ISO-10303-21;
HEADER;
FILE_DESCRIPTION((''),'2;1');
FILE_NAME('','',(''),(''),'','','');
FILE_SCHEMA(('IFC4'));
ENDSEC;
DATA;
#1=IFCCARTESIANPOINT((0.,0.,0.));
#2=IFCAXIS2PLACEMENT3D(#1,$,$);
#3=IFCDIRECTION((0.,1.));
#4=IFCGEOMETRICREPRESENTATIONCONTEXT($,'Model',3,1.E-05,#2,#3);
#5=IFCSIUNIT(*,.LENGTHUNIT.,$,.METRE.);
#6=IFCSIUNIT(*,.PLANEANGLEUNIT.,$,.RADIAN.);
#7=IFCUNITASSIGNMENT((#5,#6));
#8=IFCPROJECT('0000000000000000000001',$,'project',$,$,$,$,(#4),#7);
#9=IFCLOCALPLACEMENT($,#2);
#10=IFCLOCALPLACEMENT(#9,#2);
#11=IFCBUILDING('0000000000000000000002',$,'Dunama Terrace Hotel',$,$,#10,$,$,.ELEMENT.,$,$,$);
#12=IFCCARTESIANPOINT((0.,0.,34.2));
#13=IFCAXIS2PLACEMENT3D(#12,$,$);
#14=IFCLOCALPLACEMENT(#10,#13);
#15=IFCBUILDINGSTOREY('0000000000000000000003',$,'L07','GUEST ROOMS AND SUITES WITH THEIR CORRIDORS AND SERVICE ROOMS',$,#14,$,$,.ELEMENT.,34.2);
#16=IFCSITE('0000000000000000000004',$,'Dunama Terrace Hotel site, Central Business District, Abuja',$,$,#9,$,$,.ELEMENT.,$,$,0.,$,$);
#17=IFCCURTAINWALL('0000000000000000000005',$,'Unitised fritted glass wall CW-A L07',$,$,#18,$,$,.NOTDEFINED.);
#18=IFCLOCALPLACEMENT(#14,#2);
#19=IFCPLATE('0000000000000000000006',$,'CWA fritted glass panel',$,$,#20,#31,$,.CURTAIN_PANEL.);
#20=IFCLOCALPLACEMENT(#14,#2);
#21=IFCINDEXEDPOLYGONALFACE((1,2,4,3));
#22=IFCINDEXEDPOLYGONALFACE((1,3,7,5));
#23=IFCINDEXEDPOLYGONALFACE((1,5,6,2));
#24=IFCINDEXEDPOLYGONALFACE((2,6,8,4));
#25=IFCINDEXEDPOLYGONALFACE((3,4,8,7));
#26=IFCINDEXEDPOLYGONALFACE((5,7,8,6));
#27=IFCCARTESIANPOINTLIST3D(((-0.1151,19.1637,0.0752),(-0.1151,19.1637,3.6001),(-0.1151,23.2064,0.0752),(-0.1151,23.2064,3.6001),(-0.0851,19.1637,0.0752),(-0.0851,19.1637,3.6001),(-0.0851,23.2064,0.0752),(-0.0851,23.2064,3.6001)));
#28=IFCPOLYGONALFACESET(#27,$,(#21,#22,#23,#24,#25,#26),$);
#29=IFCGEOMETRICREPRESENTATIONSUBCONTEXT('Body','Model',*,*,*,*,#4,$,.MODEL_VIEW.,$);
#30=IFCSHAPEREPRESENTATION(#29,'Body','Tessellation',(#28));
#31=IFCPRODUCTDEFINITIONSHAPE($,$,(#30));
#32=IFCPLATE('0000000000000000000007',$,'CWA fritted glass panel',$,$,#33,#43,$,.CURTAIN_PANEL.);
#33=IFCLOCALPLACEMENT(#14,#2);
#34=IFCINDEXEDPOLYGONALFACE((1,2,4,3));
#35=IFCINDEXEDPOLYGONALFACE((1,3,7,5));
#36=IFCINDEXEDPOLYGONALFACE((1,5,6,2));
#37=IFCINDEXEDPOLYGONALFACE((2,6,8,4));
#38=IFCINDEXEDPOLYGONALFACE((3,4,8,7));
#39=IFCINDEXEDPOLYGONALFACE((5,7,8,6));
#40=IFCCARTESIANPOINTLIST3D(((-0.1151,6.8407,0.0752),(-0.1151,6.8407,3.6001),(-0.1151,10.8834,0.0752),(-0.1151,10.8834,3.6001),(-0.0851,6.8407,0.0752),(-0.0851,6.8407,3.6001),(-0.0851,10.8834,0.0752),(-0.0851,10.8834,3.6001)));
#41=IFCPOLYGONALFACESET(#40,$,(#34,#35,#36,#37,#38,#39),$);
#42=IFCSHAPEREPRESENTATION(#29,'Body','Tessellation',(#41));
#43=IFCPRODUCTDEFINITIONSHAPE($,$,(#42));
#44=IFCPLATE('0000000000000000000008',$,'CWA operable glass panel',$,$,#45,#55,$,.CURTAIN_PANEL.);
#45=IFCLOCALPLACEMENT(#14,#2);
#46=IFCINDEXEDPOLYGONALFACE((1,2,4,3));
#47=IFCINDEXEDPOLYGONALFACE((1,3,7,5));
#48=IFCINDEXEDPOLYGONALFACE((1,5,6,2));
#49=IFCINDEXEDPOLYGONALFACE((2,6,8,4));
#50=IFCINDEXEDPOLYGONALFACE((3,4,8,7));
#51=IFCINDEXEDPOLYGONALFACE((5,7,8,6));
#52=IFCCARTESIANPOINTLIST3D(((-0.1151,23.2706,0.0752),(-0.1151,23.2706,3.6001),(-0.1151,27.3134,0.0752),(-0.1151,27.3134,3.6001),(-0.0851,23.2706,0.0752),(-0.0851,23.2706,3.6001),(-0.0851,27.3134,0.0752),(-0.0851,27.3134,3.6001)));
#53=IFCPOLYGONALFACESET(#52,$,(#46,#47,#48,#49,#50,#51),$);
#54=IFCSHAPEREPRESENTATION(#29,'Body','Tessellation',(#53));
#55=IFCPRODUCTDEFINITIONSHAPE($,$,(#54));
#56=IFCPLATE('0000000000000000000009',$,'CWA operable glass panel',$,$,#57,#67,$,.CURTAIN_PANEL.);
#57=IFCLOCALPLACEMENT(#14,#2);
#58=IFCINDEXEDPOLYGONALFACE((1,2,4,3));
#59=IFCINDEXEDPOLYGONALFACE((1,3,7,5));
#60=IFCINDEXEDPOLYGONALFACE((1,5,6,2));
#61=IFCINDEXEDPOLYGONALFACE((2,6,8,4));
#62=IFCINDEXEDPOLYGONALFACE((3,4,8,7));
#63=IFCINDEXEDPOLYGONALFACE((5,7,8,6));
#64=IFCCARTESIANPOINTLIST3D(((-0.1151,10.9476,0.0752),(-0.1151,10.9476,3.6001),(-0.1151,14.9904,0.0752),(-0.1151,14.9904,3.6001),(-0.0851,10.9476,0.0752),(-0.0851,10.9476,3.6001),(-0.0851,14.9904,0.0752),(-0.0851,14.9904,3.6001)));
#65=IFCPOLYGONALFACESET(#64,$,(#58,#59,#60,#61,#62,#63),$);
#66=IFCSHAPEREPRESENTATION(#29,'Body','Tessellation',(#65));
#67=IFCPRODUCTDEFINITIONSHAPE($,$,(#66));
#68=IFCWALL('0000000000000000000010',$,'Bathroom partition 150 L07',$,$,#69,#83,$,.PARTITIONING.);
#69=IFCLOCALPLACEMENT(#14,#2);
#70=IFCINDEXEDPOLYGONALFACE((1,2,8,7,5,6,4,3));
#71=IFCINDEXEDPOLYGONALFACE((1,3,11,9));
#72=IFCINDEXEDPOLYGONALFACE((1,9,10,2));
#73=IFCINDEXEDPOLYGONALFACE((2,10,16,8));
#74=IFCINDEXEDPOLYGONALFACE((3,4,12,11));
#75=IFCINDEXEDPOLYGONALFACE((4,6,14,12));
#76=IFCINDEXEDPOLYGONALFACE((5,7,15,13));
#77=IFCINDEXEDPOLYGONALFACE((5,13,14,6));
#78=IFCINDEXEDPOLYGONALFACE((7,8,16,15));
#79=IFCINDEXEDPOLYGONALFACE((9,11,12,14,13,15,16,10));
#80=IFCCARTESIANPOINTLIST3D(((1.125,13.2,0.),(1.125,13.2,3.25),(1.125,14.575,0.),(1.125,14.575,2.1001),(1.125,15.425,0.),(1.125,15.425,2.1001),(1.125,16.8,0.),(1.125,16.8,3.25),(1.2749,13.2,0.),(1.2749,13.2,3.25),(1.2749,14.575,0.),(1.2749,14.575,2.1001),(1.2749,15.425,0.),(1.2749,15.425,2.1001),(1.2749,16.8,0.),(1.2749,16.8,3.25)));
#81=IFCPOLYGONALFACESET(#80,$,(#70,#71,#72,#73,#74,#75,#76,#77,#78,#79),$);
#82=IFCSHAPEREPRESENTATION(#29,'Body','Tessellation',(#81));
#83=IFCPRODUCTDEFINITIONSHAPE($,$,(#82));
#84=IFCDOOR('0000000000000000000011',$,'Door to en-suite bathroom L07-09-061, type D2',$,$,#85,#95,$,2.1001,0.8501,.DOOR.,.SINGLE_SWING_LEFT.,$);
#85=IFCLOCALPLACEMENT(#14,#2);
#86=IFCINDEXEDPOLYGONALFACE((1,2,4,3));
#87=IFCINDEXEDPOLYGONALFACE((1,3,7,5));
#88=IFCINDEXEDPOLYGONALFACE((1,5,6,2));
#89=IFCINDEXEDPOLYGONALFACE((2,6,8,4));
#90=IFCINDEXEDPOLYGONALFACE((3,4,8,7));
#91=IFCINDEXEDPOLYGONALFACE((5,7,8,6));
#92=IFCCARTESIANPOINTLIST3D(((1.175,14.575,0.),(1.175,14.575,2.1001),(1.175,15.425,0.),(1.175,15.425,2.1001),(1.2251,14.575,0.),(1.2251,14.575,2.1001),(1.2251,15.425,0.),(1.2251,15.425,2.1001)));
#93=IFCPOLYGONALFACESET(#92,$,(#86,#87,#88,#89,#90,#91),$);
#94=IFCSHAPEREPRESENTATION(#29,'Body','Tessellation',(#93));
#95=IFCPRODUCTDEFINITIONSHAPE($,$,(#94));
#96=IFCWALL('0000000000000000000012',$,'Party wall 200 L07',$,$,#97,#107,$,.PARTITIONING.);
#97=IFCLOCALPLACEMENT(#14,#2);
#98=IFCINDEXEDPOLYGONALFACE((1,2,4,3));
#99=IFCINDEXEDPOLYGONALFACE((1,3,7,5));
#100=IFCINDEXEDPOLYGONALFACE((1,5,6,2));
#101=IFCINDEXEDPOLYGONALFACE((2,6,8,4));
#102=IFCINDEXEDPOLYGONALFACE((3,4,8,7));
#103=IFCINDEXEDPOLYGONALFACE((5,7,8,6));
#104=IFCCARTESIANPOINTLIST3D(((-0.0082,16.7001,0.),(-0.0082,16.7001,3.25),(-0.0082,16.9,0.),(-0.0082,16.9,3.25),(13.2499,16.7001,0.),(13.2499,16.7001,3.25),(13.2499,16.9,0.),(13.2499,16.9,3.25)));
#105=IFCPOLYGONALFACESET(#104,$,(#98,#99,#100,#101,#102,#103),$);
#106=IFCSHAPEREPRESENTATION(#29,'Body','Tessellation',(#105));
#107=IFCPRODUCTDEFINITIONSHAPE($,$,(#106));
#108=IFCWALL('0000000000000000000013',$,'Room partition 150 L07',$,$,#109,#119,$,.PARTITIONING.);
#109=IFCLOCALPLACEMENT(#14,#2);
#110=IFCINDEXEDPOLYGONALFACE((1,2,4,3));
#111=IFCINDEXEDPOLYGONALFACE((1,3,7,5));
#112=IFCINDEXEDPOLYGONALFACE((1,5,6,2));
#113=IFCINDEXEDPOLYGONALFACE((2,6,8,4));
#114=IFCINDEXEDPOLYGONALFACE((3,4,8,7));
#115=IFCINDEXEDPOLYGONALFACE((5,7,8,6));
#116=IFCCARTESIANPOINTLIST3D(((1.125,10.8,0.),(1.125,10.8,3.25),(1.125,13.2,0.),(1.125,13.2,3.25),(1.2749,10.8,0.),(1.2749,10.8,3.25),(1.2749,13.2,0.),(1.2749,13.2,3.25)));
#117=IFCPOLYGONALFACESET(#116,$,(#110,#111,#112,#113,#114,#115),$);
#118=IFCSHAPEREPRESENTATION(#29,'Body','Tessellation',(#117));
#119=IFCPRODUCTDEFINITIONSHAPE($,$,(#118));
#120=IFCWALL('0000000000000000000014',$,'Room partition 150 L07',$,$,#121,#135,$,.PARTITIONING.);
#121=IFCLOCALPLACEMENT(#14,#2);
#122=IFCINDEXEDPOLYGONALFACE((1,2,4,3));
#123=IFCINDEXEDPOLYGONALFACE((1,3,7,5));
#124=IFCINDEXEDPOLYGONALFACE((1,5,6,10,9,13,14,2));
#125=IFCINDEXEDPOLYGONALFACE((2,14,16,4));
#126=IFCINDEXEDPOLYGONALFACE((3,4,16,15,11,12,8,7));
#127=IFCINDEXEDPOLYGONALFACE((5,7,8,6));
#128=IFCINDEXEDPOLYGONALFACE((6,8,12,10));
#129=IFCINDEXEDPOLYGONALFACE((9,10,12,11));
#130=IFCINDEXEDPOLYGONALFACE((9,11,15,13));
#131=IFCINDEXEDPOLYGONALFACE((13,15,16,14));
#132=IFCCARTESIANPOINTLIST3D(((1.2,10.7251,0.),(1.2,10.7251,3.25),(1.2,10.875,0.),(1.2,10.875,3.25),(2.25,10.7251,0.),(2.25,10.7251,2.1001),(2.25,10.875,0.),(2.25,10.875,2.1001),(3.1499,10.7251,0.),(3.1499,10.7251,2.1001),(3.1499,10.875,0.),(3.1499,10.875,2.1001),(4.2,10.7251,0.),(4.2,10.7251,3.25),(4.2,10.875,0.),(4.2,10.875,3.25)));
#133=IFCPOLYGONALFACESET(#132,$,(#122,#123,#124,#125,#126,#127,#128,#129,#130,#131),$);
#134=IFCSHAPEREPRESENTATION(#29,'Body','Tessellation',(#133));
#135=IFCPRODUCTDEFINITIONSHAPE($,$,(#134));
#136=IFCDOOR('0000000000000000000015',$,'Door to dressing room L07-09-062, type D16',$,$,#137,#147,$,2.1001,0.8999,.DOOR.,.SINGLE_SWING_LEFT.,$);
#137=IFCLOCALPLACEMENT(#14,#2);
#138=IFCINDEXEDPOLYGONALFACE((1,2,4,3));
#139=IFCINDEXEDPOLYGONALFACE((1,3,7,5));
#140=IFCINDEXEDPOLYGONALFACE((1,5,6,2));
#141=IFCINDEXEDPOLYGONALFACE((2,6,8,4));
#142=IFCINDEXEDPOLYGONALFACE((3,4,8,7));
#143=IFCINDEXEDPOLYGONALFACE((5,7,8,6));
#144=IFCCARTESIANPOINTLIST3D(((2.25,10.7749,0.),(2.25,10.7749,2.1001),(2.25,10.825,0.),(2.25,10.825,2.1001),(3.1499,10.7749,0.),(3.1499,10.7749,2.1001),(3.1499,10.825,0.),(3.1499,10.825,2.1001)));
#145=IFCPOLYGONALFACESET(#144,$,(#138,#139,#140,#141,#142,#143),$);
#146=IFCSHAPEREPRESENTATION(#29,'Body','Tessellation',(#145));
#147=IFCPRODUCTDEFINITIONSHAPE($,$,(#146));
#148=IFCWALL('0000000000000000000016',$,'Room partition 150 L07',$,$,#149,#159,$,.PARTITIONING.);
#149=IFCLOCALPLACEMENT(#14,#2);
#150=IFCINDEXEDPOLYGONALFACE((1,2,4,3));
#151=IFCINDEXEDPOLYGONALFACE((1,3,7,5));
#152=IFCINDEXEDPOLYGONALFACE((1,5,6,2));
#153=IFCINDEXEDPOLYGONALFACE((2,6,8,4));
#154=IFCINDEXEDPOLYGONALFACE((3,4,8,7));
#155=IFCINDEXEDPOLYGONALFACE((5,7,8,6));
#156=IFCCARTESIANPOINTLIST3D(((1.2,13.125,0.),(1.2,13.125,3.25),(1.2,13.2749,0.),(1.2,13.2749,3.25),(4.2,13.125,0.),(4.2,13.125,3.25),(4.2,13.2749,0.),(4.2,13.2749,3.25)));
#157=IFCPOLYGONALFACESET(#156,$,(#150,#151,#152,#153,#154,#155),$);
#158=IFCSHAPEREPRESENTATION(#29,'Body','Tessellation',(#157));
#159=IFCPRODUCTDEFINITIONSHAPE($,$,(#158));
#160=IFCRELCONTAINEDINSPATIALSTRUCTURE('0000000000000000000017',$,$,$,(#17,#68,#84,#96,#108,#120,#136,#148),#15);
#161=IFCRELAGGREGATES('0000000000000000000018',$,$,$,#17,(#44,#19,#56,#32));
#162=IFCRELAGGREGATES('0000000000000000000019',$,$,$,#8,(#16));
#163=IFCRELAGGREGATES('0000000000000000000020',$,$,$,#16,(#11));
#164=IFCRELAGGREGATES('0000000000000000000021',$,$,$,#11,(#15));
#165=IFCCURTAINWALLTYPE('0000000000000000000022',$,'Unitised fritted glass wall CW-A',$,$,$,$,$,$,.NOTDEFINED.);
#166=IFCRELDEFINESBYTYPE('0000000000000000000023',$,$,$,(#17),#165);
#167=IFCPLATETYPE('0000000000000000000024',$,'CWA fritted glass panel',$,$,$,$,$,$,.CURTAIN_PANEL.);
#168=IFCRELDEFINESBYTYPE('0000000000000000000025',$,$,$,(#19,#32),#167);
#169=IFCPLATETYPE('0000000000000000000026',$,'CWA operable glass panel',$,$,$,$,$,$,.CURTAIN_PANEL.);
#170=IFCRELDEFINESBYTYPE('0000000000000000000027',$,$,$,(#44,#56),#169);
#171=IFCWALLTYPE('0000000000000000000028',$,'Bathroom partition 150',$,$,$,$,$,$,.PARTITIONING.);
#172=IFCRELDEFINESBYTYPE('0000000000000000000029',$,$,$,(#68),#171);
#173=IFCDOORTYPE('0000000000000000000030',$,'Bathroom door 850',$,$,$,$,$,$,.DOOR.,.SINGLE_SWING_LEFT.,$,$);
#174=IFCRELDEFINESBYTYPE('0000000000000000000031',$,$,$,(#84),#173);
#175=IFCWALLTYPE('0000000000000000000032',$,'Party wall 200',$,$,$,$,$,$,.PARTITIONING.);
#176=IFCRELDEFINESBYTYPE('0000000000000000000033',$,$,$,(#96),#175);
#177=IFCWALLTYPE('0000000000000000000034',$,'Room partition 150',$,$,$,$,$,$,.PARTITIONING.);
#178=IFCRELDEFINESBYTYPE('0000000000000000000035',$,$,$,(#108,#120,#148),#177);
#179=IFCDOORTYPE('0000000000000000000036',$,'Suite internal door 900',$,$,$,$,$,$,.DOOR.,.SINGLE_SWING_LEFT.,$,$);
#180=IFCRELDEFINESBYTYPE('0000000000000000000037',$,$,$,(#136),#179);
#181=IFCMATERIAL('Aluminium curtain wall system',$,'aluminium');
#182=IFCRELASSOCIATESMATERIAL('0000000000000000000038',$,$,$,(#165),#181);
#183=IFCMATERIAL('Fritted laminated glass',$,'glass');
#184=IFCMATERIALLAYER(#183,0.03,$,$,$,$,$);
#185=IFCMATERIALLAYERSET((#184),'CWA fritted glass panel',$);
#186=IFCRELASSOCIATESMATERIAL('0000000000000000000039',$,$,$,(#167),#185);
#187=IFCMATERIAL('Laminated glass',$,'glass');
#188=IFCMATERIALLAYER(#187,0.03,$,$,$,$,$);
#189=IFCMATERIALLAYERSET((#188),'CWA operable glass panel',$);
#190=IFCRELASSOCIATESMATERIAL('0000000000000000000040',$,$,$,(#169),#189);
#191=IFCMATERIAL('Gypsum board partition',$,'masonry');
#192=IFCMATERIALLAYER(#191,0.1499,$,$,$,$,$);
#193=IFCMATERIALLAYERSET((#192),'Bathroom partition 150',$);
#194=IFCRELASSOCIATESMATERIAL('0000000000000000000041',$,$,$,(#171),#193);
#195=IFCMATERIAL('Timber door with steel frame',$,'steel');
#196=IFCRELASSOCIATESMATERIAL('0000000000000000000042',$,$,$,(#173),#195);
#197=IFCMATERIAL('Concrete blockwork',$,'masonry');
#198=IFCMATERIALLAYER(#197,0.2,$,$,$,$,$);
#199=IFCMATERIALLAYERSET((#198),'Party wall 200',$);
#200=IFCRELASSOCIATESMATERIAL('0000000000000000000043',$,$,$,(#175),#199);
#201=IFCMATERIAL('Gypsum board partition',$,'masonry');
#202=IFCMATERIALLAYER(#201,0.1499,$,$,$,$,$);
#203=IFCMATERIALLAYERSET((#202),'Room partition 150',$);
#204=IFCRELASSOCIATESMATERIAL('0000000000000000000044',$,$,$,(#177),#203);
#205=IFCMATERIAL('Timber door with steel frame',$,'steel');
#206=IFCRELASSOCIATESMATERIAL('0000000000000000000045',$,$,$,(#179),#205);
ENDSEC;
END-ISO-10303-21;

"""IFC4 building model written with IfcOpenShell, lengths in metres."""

from ifc_helpers import new_model, si_unit, direction, frame, frame_2d, origin, origin_2d, place, context, subcontext, project, spatial, rectangle, extrude, material, layer, layer_set, type_object, element, fill, aggregate, save


model = new_model("IFC4")

# Units and contexts
model_context = context("Model", 3, precision=1e-05, world=origin(), true_north=direction((0.0, 1.0)))
body_context = subcontext(model_context, "Body", "Model", "MODEL_VIEW")
ifc_project = project(units=[si_unit("LENGTHUNIT", "METRE"), si_unit("PLANEANGLEUNIT", "RADIAN")], contexts=[model_context])

# Site, building, storey
site_placement = place(None, origin())
site = spatial("IfcSite", under=ifc_project, at=site_placement, Name="Dunama Terrace Hotel site, Central Business District, Abuja", CompositionType="ELEMENT", RefElevation=0.0)
building_placement = place(site_placement, origin())
building = spatial("IfcBuilding", under=site, at=building_placement, Name="Dunama Terrace Hotel", CompositionType="ELEMENT")
storey_placement = place(building_placement, frame((0.0, 0.0, 34.2)))
storey = spatial("IfcBuildingStorey", under=building, at=storey_placement, Name="L07", Description="GUEST ROOMS AND SUITES WITH THEIR CORRIDORS AND SERVICE ROOMS", CompositionType="ELEMENT", Elevation=34.2)

# Curtain wall
ifc_material_1 = material(Name="Aluminium curtain wall system", Category="aluminium")
curtain_wall_type = type_object("IfcCurtainWallType", Name="Unitised fritted glass wall CW-A", PredefinedType="NOTDEFINED", material=ifc_material_1)
curtain_wall_placement = place(storey_placement, origin())
curtain_wall = element("IfcCurtainWall", 1, at=curtain_wall_placement, inside=storey, type_object=curtain_wall_type, Name="Unitised fritted glass wall CW-A L07", PredefinedType="NOTDEFINED")

# Plates
ifc_material_2 = material(Name="Fritted laminated glass", Category="glass")
ifc_layer_1 = layer(ifc_material_2, 0.03)
ifc_layer_set_1 = layer_set([ifc_layer_1], Name="CWA fritted glass panel")
plate_type_1 = type_object("IfcPlateType", Name="CWA fritted glass panel", PredefinedType="CURTAIN_PANEL", material=ifc_layer_set_1)
plate_1_placement = place(storey_placement, frame((-0.1001, 21.1851, 0.0752), z_axis=(0.0, 0.0, 1.0), x_axis=(0.0, -1.0, 0.0)))
plate_1 = element("IfcPlate", 2, at=plate_1_placement, type_object=plate_type_1, Name="CWA fritted glass panel", PredefinedType="CURTAIN_PANEL", context=body_context, shape_type="SweptSolid", body=[
    extrude(rectangle(XDim=4.0427, YDim=0.03, at=origin_2d()), origin(), (0.0, 0.0, 1.0), 3.5249),
])
plate_2_placement = place(storey_placement, frame((-0.1001, 8.8621, 0.0752), z_axis=(0.0, 0.0, 1.0), x_axis=(0.0, -1.0, 0.0)))
plate_2 = element("IfcPlate", 3, at=plate_2_placement, type_object=plate_type_1, Name="CWA fritted glass panel", PredefinedType="CURTAIN_PANEL", context=body_context, shape_type="SweptSolid", body=[
    extrude(rectangle(XDim=4.0427, YDim=0.03, at=origin_2d()), origin(), (0.0, 0.0, 1.0), 3.5249),
])
ifc_material_3 = material(Name="Laminated glass", Category="glass")
ifc_layer_2 = layer(ifc_material_3, 0.03)
ifc_layer_set_2 = layer_set([ifc_layer_2], Name="CWA operable glass panel")
plate_type_2 = type_object("IfcPlateType", Name="CWA operable glass panel", PredefinedType="CURTAIN_PANEL", material=ifc_layer_set_2)
plate_3_placement = place(storey_placement, frame((-0.1001, 25.292, 0.0752), z_axis=(0.0, 0.0, 1.0), x_axis=(0.0, -1.0, 0.0)))
plate_3 = element("IfcPlate", 4, at=plate_3_placement, type_object=plate_type_2, Name="CWA operable glass panel", PredefinedType="CURTAIN_PANEL", context=body_context, shape_type="SweptSolid", body=[
    extrude(rectangle(XDim=4.0427, YDim=0.03, at=origin_2d()), origin(), (0.0, 0.0, 1.0), 3.5249),
])
plate_4_placement = place(storey_placement, frame((-0.1001, 12.969, 0.0752), z_axis=(0.0, 0.0, 1.0), x_axis=(0.0, -1.0, 0.0)))
plate_4 = element("IfcPlate", 5, at=plate_4_placement, type_object=plate_type_2, Name="CWA operable glass panel", PredefinedType="CURTAIN_PANEL", context=body_context, shape_type="SweptSolid", body=[
    extrude(rectangle(XDim=4.0427, YDim=0.03, at=origin_2d()), origin(), (0.0, 0.0, 1.0), 3.5249),
])
aggregate(curtain_wall, [plate_3, plate_1, plate_4, plate_2])

# Wall, opening, door
ifc_material_4 = material(Name="Gypsum board partition", Category="masonry")
ifc_layer_3 = layer(ifc_material_4, 0.1499)
ifc_layer_set_3 = layer_set([ifc_layer_3], Name="Bathroom partition 150")
wall_type_1 = type_object("IfcWallType", Name="Bathroom partition 150", PredefinedType="PARTITIONING", material=ifc_layer_set_3)
wall_1_placement = place(storey_placement, frame((1.2, 13.2, 0.0), z_axis=(0.0, 0.0, 1.0), x_axis=(0.0, 1.0, 0.0)))
wall_1 = element("IfcWall", 6, at=wall_1_placement, inside=storey, type_object=wall_type_1, Name="Bathroom partition 150 L07", PredefinedType="PARTITIONING", context=body_context, shape_type="SweptSolid", body=[
    extrude(rectangle(XDim=3.6001, YDim=0.1499, at=frame_2d((1.8, 0.0))), origin(), (0.0, 0.0, 1.0), 3.25),
])
opening_1_placement = place(wall_1_placement, frame((1.375, 0.0, 0.0)))
opening_1 = element("IfcOpeningElement", 7, at=opening_1_placement, cuts=wall_1, PredefinedType="OPENING", context=body_context, shape_type="SweptSolid", body=[
    extrude(rectangle(XDim=0.8501, YDim=2.1001, at=frame_2d((0.425, 1.05))), frame((0.0, 0.085, 0.0), z_axis=(0.0, -1.0, 0.0), x_axis=(1.0, 0.0, 0.0)), (0.0, 0.0, 1.0), 0.1699),
])
ifc_material_5 = material(Name="Timber door with steel frame", Category="steel")
door_type_1 = type_object("IfcDoorType", Name="Bathroom door 850", OperationType="SINGLE_SWING_LEFT", PredefinedType="DOOR", material=ifc_material_5)
door_1_placement = place(opening_1_placement, frame((0.8501, 0.0, 0.0), z_axis=(0.0, 0.0, 1.0), x_axis=(-1.0, 0.0, 0.0)))
door_1 = element("IfcDoor", 8, at=door_1_placement, inside=storey, type_object=door_type_1, Name="Door to en-suite bathroom L07-09-061, type D2", OperationType="SINGLE_SWING_LEFT", OverallHeight=2.1001, OverallWidth=0.8501, PredefinedType="DOOR", context=body_context, shape_type="SweptSolid", body=[
    extrude(rectangle(XDim=0.8501, YDim=2.1001, at=frame_2d((0.425, 1.05))), frame((0.0, 0.0251, 0.0), z_axis=(0.0, -1.0, 0.0), x_axis=(1.0, 0.0, 0.0)), (0.0, 0.0, 1.0), 0.05),
])
fill(opening_1, door_1)

# Walls
ifc_material_6 = material(Name="Concrete blockwork", Category="masonry")
ifc_layer_4 = layer(ifc_material_6, 0.2)
ifc_layer_set_4 = layer_set([ifc_layer_4], Name="Party wall 200")
wall_type_2 = type_object("IfcWallType", Name="Party wall 200", PredefinedType="PARTITIONING", material=ifc_layer_set_4)
wall_2_placement = place(storey_placement, frame((-0.0081, 16.8, 0.0), z_axis=(0.0, 0.0, 1.0), x_axis=(1.0, 0.0, 0.0)))
element("IfcWall", 9, at=wall_2_placement, inside=storey, type_object=wall_type_2, Name="Party wall 200 L07", PredefinedType="PARTITIONING", context=body_context, shape_type="SweptSolid", body=[
    extrude(rectangle(XDim=13.2581, YDim=0.2, at=frame_2d((6.6289, 0.0))), origin(), (0.0, 0.0, 1.0), 3.25),
])
ifc_material_7 = material(Name="Gypsum board partition", Category="masonry")
ifc_layer_5 = layer(ifc_material_7, 0.1499)
ifc_layer_set_5 = layer_set([ifc_layer_5], Name="Room partition 150")
wall_type_3 = type_object("IfcWallType", Name="Room partition 150", PredefinedType="PARTITIONING", material=ifc_layer_set_5)
wall_3_placement = place(storey_placement, frame((1.2, 10.8, 0.0), z_axis=(0.0, 0.0, 1.0), x_axis=(0.0, 1.0, 0.0)))
element("IfcWall", 10, at=wall_3_placement, inside=storey, type_object=wall_type_3, Name="Room partition 150 L07", PredefinedType="PARTITIONING", context=body_context, shape_type="SweptSolid", body=[
    extrude(rectangle(XDim=2.3999, YDim=0.1499, at=frame_2d((1.2, 0.0))), origin(), (0.0, 0.0, 1.0), 3.25),
])

# Wall, opening, door
wall_4_placement = place(storey_placement, frame((1.2, 10.8, 0.0), z_axis=(0.0, 0.0, 1.0), x_axis=(1.0, 0.0, 0.0)))
wall_4 = element("IfcWall", 11, at=wall_4_placement, inside=storey, type_object=wall_type_3, Name="Room partition 150 L07", PredefinedType="PARTITIONING", context=body_context, shape_type="SweptSolid", body=[
    extrude(rectangle(XDim=3.0, YDim=0.1499, at=frame_2d((1.5, 0.0))), origin(), (0.0, 0.0, 1.0), 3.25),
])
opening_2_placement = place(wall_4_placement, frame((1.05, 0.0, 0.0)))
opening_2 = element("IfcOpeningElement", 12, at=opening_2_placement, cuts=wall_4, PredefinedType="OPENING", context=body_context, shape_type="SweptSolid", body=[
    extrude(rectangle(XDim=0.8999, YDim=2.1001, at=frame_2d((0.45, 1.05))), frame((0.0, 0.085, 0.0), z_axis=(0.0, -1.0, 0.0), x_axis=(1.0, 0.0, 0.0)), (0.0, 0.0, 1.0), 0.1699),
])
ifc_material_8 = material(Name="Timber door with steel frame", Category="steel")
door_type_2 = type_object("IfcDoorType", Name="Suite internal door 900", OperationType="SINGLE_SWING_LEFT", PredefinedType="DOOR", material=ifc_material_8)
door_2_placement = place(opening_2_placement, origin())
door_2 = element("IfcDoor", 13, at=door_2_placement, inside=storey, type_object=door_type_2, Name="Door to dressing room L07-09-062, type D16", OperationType="SINGLE_SWING_LEFT", OverallHeight=2.1001, OverallWidth=0.8999, PredefinedType="DOOR", context=body_context, shape_type="SweptSolid", body=[
    extrude(rectangle(XDim=0.8999, YDim=2.1001, at=frame_2d((0.45, 1.05))), frame((0.0, 0.0249, 0.0), z_axis=(0.0, -1.0, 0.0), x_axis=(1.0, 0.0, 0.0)), (0.0, 0.0, 1.0), 0.05),
])
fill(opening_2, door_2)

# Wall
wall_5_placement = place(storey_placement, frame((1.2, 13.2, 0.0), z_axis=(0.0, 0.0, 1.0), x_axis=(1.0, 0.0, 0.0)))
element("IfcWall", 14, at=wall_5_placement, inside=storey, type_object=wall_type_3, Name="Room partition 150 L07", PredefinedType="PARTITIONING", context=body_context, shape_type="SweptSolid", body=[
    extrude(rectangle(XDim=3.0, YDim=0.1499, at=frame_2d((1.5, 0.0))), origin(), (0.0, 0.0, 1.0), 3.25),
])

save(model, "model.ifc")
